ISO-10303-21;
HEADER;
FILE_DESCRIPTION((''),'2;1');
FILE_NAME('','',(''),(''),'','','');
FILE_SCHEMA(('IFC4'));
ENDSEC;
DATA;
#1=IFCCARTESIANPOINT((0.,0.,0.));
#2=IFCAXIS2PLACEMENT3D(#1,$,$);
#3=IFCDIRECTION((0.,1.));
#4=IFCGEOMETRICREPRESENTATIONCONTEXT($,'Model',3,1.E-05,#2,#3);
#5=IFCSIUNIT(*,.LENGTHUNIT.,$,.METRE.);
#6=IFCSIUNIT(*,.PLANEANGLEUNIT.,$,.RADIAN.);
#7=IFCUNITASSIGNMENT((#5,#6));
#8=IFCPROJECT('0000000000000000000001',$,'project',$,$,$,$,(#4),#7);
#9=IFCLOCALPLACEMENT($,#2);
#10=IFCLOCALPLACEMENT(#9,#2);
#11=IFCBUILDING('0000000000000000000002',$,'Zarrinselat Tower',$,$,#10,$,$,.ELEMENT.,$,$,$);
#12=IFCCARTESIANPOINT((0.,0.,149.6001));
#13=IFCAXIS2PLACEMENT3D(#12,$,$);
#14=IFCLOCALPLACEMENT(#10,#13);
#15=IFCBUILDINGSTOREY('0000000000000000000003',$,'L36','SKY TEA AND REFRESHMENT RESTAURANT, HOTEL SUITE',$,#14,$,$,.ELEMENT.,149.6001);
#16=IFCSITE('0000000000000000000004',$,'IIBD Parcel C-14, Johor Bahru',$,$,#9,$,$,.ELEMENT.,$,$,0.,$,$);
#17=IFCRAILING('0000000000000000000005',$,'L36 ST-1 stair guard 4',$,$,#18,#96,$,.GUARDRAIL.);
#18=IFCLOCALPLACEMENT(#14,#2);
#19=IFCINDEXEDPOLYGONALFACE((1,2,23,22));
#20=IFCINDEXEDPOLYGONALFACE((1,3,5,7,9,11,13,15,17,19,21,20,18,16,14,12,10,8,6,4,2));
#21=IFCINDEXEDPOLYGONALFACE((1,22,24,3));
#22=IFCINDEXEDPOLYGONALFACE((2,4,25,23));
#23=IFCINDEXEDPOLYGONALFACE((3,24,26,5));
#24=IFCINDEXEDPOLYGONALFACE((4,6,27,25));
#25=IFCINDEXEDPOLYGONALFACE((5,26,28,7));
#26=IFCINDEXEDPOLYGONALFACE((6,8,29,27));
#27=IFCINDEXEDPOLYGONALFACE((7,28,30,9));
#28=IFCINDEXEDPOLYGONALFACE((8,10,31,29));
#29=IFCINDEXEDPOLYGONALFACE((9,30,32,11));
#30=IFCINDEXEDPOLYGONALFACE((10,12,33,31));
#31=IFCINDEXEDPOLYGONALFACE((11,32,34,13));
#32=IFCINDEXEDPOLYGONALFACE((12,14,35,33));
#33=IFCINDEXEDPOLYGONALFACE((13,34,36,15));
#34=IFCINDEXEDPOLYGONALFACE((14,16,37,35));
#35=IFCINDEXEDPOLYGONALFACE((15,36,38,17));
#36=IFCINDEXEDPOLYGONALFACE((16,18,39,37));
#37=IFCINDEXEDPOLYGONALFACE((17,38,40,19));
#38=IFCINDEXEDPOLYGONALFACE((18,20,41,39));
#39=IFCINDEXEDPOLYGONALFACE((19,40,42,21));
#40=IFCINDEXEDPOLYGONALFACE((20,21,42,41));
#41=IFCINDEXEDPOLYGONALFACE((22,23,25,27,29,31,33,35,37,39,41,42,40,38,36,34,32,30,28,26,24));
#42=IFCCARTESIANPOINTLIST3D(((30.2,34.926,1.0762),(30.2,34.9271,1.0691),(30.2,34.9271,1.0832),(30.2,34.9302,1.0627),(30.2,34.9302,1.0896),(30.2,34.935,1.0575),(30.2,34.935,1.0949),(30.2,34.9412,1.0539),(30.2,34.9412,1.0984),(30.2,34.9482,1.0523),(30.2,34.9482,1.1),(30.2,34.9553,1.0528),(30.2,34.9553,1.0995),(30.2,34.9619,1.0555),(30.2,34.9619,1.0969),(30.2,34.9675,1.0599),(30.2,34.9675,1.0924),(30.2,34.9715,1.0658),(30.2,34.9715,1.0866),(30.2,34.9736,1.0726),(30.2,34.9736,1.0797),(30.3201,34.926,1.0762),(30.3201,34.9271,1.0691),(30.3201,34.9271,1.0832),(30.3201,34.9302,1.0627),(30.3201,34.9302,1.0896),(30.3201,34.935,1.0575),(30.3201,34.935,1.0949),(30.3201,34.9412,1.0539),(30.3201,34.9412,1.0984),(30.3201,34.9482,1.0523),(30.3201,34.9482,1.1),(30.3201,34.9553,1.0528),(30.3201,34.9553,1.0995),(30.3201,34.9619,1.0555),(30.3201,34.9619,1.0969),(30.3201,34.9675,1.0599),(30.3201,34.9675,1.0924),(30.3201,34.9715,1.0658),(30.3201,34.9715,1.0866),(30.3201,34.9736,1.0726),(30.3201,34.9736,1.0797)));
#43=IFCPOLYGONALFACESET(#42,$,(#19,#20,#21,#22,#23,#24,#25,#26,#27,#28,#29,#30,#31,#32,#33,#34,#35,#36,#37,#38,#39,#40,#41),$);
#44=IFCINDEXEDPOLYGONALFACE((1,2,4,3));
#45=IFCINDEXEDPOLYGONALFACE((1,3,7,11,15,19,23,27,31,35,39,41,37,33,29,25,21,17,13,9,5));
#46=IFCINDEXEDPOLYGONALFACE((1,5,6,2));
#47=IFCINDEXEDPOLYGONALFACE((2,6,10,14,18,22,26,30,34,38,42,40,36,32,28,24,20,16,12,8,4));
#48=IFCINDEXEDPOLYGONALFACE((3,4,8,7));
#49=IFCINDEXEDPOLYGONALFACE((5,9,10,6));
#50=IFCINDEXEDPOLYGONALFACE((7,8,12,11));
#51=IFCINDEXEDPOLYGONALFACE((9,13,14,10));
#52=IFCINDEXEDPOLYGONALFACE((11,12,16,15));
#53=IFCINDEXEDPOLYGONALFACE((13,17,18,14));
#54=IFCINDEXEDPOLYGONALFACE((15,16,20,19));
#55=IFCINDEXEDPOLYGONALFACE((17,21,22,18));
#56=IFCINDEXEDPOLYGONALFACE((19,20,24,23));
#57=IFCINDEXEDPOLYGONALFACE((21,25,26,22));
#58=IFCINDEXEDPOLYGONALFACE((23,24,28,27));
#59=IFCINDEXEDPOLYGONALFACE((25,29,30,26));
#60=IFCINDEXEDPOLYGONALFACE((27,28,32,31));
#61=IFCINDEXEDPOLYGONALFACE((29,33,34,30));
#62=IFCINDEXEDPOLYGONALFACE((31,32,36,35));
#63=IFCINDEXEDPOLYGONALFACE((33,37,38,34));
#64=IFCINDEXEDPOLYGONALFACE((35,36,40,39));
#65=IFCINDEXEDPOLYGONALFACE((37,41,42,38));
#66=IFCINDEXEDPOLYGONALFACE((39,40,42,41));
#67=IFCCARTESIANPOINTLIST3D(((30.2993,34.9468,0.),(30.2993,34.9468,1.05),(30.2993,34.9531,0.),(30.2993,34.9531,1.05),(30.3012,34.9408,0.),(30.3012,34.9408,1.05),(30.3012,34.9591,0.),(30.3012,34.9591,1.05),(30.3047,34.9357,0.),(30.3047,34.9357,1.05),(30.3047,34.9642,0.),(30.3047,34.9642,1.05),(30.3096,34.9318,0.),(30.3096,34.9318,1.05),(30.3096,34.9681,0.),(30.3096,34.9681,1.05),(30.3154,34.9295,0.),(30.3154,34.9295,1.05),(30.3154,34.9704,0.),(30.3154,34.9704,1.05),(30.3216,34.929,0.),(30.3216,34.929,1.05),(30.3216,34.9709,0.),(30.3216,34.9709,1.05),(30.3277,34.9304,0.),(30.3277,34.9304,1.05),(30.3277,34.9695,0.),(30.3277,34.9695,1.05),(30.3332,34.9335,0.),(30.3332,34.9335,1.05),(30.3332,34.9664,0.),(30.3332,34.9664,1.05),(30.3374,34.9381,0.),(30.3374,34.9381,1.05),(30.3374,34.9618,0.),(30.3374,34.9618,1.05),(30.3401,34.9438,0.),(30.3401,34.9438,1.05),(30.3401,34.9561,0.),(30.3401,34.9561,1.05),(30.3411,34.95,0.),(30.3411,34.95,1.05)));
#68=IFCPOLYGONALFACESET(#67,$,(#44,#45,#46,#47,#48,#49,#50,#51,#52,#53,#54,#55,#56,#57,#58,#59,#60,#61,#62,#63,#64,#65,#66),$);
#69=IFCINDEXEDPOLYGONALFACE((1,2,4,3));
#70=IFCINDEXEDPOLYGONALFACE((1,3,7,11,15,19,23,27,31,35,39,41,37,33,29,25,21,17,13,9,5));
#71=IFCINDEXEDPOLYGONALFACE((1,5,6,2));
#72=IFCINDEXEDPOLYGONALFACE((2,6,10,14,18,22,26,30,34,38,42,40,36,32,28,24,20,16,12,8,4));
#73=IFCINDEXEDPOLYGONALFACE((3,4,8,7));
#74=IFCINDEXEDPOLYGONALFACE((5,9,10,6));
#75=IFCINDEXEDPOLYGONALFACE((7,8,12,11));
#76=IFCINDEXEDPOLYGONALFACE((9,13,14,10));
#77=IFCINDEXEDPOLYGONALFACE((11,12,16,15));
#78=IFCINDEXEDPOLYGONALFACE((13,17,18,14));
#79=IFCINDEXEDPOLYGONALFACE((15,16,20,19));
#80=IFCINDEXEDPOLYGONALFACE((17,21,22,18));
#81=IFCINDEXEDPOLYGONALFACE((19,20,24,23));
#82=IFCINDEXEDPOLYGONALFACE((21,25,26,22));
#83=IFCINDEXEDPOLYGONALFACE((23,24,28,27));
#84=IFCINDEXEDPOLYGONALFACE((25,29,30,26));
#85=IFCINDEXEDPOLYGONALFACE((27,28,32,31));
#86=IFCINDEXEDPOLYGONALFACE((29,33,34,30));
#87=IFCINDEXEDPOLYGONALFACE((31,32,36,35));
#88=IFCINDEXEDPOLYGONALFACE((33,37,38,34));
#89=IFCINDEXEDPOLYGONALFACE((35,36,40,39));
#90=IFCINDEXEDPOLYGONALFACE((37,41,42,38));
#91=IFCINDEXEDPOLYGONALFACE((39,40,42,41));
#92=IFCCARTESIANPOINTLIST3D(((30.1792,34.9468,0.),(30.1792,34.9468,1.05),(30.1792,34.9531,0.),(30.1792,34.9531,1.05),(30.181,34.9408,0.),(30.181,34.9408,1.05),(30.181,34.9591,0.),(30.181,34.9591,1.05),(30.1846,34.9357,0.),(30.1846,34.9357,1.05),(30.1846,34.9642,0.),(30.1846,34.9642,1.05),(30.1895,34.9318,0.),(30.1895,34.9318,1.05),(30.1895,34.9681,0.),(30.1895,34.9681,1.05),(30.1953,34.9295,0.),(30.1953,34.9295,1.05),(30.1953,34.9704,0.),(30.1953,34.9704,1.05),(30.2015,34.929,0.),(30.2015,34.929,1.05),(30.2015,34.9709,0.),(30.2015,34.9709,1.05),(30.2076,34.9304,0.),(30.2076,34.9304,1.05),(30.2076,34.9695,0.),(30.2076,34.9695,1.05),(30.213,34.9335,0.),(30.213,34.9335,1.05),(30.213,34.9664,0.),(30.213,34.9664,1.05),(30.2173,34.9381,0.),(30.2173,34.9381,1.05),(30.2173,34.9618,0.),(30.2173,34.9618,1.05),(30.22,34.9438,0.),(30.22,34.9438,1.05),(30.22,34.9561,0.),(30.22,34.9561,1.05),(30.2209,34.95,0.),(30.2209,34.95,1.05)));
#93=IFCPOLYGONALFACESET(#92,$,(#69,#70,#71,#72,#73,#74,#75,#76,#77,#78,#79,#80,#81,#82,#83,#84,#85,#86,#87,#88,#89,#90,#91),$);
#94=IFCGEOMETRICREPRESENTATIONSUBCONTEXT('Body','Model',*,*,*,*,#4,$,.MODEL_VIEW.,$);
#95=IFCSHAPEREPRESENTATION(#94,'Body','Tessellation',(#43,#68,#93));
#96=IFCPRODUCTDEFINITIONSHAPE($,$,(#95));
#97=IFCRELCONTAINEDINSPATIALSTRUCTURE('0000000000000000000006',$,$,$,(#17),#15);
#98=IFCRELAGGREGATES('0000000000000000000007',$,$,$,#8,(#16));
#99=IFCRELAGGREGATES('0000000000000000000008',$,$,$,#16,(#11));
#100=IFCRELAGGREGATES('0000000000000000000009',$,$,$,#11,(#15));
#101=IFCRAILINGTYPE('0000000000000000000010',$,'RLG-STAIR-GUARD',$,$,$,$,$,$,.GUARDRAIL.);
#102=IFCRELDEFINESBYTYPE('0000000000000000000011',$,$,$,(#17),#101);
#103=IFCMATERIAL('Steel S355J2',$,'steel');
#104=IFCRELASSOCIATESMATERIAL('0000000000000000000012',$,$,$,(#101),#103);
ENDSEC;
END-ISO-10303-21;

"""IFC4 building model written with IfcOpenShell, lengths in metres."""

from ifc_helpers import new_model, si_unit, direction, frame, origin, origin_2d, place, context, subcontext, project, spatial, circle, extrude, material, type_object, element, save


model = new_model("IFC4")

# Units and contexts
model_context = context("Model", 3, precision=1e-05, world=origin(), true_north=direction((0.0, 1.0)))
body_context = subcontext(model_context, "Body", "Model", "MODEL_VIEW")
ifc_project = project(units=[si_unit("LENGTHUNIT", "METRE"), si_unit("PLANEANGLEUNIT", "RADIAN")], contexts=[model_context])

# Site, building, storey
site_placement = place(None, origin())
site = spatial("IfcSite", under=ifc_project, at=site_placement, Name="IIBD Parcel C-14, Johor Bahru", CompositionType="ELEMENT", RefElevation=0.0)
building_placement = place(site_placement, origin())
building = spatial("IfcBuilding", under=site, at=building_placement, Name="Zarrinselat Tower", CompositionType="ELEMENT")
storey_placement = place(building_placement, frame((0.0, 0.0, 149.6001)))
storey = spatial("IfcBuildingStorey", under=building, at=storey_placement, Name="L36", Description="SKY TEA AND REFRESHMENT RESTAURANT, HOTEL SUITE", CompositionType="ELEMENT", Elevation=149.6001)

# Railing
ifc_material_1 = material(Name="Steel S355J2", Category="steel")
railing_type_1 = type_object("IfcRailingType", Name="RLG-STAIR-GUARD", PredefinedType="GUARDRAIL", material=ifc_material_1)
railing_1_placement = place(storey_placement, frame((30.3201, 34.95, 0.0)))
element("IfcRailing", 1, at=railing_1_placement, inside=storey, type_object=railing_type_1, Name="L36 ST-1 stair guard 4", PredefinedType="GUARDRAIL", context=body_context, shape_type="SweptSolid", body=[
    extrude(circle(Radius=0.0239, at=origin_2d()), frame((0.0, 0.0, 1.0762), z_axis=(-1.0, 0.0, 0.0), x_axis=(0.0, -1.0, 0.0)), (0.0, 0.0, 1.0), 0.1201),
    extrude(circle(Radius=0.021, at=origin_2d()), origin(), (0.0, 0.0, 1.0), 1.05),
    extrude(circle(Radius=0.021, at=origin_2d()), frame((-0.1201, 0.0, 0.0)), (0.0, 0.0, 1.0), 1.05),
])

save(model, "model.ifc")
